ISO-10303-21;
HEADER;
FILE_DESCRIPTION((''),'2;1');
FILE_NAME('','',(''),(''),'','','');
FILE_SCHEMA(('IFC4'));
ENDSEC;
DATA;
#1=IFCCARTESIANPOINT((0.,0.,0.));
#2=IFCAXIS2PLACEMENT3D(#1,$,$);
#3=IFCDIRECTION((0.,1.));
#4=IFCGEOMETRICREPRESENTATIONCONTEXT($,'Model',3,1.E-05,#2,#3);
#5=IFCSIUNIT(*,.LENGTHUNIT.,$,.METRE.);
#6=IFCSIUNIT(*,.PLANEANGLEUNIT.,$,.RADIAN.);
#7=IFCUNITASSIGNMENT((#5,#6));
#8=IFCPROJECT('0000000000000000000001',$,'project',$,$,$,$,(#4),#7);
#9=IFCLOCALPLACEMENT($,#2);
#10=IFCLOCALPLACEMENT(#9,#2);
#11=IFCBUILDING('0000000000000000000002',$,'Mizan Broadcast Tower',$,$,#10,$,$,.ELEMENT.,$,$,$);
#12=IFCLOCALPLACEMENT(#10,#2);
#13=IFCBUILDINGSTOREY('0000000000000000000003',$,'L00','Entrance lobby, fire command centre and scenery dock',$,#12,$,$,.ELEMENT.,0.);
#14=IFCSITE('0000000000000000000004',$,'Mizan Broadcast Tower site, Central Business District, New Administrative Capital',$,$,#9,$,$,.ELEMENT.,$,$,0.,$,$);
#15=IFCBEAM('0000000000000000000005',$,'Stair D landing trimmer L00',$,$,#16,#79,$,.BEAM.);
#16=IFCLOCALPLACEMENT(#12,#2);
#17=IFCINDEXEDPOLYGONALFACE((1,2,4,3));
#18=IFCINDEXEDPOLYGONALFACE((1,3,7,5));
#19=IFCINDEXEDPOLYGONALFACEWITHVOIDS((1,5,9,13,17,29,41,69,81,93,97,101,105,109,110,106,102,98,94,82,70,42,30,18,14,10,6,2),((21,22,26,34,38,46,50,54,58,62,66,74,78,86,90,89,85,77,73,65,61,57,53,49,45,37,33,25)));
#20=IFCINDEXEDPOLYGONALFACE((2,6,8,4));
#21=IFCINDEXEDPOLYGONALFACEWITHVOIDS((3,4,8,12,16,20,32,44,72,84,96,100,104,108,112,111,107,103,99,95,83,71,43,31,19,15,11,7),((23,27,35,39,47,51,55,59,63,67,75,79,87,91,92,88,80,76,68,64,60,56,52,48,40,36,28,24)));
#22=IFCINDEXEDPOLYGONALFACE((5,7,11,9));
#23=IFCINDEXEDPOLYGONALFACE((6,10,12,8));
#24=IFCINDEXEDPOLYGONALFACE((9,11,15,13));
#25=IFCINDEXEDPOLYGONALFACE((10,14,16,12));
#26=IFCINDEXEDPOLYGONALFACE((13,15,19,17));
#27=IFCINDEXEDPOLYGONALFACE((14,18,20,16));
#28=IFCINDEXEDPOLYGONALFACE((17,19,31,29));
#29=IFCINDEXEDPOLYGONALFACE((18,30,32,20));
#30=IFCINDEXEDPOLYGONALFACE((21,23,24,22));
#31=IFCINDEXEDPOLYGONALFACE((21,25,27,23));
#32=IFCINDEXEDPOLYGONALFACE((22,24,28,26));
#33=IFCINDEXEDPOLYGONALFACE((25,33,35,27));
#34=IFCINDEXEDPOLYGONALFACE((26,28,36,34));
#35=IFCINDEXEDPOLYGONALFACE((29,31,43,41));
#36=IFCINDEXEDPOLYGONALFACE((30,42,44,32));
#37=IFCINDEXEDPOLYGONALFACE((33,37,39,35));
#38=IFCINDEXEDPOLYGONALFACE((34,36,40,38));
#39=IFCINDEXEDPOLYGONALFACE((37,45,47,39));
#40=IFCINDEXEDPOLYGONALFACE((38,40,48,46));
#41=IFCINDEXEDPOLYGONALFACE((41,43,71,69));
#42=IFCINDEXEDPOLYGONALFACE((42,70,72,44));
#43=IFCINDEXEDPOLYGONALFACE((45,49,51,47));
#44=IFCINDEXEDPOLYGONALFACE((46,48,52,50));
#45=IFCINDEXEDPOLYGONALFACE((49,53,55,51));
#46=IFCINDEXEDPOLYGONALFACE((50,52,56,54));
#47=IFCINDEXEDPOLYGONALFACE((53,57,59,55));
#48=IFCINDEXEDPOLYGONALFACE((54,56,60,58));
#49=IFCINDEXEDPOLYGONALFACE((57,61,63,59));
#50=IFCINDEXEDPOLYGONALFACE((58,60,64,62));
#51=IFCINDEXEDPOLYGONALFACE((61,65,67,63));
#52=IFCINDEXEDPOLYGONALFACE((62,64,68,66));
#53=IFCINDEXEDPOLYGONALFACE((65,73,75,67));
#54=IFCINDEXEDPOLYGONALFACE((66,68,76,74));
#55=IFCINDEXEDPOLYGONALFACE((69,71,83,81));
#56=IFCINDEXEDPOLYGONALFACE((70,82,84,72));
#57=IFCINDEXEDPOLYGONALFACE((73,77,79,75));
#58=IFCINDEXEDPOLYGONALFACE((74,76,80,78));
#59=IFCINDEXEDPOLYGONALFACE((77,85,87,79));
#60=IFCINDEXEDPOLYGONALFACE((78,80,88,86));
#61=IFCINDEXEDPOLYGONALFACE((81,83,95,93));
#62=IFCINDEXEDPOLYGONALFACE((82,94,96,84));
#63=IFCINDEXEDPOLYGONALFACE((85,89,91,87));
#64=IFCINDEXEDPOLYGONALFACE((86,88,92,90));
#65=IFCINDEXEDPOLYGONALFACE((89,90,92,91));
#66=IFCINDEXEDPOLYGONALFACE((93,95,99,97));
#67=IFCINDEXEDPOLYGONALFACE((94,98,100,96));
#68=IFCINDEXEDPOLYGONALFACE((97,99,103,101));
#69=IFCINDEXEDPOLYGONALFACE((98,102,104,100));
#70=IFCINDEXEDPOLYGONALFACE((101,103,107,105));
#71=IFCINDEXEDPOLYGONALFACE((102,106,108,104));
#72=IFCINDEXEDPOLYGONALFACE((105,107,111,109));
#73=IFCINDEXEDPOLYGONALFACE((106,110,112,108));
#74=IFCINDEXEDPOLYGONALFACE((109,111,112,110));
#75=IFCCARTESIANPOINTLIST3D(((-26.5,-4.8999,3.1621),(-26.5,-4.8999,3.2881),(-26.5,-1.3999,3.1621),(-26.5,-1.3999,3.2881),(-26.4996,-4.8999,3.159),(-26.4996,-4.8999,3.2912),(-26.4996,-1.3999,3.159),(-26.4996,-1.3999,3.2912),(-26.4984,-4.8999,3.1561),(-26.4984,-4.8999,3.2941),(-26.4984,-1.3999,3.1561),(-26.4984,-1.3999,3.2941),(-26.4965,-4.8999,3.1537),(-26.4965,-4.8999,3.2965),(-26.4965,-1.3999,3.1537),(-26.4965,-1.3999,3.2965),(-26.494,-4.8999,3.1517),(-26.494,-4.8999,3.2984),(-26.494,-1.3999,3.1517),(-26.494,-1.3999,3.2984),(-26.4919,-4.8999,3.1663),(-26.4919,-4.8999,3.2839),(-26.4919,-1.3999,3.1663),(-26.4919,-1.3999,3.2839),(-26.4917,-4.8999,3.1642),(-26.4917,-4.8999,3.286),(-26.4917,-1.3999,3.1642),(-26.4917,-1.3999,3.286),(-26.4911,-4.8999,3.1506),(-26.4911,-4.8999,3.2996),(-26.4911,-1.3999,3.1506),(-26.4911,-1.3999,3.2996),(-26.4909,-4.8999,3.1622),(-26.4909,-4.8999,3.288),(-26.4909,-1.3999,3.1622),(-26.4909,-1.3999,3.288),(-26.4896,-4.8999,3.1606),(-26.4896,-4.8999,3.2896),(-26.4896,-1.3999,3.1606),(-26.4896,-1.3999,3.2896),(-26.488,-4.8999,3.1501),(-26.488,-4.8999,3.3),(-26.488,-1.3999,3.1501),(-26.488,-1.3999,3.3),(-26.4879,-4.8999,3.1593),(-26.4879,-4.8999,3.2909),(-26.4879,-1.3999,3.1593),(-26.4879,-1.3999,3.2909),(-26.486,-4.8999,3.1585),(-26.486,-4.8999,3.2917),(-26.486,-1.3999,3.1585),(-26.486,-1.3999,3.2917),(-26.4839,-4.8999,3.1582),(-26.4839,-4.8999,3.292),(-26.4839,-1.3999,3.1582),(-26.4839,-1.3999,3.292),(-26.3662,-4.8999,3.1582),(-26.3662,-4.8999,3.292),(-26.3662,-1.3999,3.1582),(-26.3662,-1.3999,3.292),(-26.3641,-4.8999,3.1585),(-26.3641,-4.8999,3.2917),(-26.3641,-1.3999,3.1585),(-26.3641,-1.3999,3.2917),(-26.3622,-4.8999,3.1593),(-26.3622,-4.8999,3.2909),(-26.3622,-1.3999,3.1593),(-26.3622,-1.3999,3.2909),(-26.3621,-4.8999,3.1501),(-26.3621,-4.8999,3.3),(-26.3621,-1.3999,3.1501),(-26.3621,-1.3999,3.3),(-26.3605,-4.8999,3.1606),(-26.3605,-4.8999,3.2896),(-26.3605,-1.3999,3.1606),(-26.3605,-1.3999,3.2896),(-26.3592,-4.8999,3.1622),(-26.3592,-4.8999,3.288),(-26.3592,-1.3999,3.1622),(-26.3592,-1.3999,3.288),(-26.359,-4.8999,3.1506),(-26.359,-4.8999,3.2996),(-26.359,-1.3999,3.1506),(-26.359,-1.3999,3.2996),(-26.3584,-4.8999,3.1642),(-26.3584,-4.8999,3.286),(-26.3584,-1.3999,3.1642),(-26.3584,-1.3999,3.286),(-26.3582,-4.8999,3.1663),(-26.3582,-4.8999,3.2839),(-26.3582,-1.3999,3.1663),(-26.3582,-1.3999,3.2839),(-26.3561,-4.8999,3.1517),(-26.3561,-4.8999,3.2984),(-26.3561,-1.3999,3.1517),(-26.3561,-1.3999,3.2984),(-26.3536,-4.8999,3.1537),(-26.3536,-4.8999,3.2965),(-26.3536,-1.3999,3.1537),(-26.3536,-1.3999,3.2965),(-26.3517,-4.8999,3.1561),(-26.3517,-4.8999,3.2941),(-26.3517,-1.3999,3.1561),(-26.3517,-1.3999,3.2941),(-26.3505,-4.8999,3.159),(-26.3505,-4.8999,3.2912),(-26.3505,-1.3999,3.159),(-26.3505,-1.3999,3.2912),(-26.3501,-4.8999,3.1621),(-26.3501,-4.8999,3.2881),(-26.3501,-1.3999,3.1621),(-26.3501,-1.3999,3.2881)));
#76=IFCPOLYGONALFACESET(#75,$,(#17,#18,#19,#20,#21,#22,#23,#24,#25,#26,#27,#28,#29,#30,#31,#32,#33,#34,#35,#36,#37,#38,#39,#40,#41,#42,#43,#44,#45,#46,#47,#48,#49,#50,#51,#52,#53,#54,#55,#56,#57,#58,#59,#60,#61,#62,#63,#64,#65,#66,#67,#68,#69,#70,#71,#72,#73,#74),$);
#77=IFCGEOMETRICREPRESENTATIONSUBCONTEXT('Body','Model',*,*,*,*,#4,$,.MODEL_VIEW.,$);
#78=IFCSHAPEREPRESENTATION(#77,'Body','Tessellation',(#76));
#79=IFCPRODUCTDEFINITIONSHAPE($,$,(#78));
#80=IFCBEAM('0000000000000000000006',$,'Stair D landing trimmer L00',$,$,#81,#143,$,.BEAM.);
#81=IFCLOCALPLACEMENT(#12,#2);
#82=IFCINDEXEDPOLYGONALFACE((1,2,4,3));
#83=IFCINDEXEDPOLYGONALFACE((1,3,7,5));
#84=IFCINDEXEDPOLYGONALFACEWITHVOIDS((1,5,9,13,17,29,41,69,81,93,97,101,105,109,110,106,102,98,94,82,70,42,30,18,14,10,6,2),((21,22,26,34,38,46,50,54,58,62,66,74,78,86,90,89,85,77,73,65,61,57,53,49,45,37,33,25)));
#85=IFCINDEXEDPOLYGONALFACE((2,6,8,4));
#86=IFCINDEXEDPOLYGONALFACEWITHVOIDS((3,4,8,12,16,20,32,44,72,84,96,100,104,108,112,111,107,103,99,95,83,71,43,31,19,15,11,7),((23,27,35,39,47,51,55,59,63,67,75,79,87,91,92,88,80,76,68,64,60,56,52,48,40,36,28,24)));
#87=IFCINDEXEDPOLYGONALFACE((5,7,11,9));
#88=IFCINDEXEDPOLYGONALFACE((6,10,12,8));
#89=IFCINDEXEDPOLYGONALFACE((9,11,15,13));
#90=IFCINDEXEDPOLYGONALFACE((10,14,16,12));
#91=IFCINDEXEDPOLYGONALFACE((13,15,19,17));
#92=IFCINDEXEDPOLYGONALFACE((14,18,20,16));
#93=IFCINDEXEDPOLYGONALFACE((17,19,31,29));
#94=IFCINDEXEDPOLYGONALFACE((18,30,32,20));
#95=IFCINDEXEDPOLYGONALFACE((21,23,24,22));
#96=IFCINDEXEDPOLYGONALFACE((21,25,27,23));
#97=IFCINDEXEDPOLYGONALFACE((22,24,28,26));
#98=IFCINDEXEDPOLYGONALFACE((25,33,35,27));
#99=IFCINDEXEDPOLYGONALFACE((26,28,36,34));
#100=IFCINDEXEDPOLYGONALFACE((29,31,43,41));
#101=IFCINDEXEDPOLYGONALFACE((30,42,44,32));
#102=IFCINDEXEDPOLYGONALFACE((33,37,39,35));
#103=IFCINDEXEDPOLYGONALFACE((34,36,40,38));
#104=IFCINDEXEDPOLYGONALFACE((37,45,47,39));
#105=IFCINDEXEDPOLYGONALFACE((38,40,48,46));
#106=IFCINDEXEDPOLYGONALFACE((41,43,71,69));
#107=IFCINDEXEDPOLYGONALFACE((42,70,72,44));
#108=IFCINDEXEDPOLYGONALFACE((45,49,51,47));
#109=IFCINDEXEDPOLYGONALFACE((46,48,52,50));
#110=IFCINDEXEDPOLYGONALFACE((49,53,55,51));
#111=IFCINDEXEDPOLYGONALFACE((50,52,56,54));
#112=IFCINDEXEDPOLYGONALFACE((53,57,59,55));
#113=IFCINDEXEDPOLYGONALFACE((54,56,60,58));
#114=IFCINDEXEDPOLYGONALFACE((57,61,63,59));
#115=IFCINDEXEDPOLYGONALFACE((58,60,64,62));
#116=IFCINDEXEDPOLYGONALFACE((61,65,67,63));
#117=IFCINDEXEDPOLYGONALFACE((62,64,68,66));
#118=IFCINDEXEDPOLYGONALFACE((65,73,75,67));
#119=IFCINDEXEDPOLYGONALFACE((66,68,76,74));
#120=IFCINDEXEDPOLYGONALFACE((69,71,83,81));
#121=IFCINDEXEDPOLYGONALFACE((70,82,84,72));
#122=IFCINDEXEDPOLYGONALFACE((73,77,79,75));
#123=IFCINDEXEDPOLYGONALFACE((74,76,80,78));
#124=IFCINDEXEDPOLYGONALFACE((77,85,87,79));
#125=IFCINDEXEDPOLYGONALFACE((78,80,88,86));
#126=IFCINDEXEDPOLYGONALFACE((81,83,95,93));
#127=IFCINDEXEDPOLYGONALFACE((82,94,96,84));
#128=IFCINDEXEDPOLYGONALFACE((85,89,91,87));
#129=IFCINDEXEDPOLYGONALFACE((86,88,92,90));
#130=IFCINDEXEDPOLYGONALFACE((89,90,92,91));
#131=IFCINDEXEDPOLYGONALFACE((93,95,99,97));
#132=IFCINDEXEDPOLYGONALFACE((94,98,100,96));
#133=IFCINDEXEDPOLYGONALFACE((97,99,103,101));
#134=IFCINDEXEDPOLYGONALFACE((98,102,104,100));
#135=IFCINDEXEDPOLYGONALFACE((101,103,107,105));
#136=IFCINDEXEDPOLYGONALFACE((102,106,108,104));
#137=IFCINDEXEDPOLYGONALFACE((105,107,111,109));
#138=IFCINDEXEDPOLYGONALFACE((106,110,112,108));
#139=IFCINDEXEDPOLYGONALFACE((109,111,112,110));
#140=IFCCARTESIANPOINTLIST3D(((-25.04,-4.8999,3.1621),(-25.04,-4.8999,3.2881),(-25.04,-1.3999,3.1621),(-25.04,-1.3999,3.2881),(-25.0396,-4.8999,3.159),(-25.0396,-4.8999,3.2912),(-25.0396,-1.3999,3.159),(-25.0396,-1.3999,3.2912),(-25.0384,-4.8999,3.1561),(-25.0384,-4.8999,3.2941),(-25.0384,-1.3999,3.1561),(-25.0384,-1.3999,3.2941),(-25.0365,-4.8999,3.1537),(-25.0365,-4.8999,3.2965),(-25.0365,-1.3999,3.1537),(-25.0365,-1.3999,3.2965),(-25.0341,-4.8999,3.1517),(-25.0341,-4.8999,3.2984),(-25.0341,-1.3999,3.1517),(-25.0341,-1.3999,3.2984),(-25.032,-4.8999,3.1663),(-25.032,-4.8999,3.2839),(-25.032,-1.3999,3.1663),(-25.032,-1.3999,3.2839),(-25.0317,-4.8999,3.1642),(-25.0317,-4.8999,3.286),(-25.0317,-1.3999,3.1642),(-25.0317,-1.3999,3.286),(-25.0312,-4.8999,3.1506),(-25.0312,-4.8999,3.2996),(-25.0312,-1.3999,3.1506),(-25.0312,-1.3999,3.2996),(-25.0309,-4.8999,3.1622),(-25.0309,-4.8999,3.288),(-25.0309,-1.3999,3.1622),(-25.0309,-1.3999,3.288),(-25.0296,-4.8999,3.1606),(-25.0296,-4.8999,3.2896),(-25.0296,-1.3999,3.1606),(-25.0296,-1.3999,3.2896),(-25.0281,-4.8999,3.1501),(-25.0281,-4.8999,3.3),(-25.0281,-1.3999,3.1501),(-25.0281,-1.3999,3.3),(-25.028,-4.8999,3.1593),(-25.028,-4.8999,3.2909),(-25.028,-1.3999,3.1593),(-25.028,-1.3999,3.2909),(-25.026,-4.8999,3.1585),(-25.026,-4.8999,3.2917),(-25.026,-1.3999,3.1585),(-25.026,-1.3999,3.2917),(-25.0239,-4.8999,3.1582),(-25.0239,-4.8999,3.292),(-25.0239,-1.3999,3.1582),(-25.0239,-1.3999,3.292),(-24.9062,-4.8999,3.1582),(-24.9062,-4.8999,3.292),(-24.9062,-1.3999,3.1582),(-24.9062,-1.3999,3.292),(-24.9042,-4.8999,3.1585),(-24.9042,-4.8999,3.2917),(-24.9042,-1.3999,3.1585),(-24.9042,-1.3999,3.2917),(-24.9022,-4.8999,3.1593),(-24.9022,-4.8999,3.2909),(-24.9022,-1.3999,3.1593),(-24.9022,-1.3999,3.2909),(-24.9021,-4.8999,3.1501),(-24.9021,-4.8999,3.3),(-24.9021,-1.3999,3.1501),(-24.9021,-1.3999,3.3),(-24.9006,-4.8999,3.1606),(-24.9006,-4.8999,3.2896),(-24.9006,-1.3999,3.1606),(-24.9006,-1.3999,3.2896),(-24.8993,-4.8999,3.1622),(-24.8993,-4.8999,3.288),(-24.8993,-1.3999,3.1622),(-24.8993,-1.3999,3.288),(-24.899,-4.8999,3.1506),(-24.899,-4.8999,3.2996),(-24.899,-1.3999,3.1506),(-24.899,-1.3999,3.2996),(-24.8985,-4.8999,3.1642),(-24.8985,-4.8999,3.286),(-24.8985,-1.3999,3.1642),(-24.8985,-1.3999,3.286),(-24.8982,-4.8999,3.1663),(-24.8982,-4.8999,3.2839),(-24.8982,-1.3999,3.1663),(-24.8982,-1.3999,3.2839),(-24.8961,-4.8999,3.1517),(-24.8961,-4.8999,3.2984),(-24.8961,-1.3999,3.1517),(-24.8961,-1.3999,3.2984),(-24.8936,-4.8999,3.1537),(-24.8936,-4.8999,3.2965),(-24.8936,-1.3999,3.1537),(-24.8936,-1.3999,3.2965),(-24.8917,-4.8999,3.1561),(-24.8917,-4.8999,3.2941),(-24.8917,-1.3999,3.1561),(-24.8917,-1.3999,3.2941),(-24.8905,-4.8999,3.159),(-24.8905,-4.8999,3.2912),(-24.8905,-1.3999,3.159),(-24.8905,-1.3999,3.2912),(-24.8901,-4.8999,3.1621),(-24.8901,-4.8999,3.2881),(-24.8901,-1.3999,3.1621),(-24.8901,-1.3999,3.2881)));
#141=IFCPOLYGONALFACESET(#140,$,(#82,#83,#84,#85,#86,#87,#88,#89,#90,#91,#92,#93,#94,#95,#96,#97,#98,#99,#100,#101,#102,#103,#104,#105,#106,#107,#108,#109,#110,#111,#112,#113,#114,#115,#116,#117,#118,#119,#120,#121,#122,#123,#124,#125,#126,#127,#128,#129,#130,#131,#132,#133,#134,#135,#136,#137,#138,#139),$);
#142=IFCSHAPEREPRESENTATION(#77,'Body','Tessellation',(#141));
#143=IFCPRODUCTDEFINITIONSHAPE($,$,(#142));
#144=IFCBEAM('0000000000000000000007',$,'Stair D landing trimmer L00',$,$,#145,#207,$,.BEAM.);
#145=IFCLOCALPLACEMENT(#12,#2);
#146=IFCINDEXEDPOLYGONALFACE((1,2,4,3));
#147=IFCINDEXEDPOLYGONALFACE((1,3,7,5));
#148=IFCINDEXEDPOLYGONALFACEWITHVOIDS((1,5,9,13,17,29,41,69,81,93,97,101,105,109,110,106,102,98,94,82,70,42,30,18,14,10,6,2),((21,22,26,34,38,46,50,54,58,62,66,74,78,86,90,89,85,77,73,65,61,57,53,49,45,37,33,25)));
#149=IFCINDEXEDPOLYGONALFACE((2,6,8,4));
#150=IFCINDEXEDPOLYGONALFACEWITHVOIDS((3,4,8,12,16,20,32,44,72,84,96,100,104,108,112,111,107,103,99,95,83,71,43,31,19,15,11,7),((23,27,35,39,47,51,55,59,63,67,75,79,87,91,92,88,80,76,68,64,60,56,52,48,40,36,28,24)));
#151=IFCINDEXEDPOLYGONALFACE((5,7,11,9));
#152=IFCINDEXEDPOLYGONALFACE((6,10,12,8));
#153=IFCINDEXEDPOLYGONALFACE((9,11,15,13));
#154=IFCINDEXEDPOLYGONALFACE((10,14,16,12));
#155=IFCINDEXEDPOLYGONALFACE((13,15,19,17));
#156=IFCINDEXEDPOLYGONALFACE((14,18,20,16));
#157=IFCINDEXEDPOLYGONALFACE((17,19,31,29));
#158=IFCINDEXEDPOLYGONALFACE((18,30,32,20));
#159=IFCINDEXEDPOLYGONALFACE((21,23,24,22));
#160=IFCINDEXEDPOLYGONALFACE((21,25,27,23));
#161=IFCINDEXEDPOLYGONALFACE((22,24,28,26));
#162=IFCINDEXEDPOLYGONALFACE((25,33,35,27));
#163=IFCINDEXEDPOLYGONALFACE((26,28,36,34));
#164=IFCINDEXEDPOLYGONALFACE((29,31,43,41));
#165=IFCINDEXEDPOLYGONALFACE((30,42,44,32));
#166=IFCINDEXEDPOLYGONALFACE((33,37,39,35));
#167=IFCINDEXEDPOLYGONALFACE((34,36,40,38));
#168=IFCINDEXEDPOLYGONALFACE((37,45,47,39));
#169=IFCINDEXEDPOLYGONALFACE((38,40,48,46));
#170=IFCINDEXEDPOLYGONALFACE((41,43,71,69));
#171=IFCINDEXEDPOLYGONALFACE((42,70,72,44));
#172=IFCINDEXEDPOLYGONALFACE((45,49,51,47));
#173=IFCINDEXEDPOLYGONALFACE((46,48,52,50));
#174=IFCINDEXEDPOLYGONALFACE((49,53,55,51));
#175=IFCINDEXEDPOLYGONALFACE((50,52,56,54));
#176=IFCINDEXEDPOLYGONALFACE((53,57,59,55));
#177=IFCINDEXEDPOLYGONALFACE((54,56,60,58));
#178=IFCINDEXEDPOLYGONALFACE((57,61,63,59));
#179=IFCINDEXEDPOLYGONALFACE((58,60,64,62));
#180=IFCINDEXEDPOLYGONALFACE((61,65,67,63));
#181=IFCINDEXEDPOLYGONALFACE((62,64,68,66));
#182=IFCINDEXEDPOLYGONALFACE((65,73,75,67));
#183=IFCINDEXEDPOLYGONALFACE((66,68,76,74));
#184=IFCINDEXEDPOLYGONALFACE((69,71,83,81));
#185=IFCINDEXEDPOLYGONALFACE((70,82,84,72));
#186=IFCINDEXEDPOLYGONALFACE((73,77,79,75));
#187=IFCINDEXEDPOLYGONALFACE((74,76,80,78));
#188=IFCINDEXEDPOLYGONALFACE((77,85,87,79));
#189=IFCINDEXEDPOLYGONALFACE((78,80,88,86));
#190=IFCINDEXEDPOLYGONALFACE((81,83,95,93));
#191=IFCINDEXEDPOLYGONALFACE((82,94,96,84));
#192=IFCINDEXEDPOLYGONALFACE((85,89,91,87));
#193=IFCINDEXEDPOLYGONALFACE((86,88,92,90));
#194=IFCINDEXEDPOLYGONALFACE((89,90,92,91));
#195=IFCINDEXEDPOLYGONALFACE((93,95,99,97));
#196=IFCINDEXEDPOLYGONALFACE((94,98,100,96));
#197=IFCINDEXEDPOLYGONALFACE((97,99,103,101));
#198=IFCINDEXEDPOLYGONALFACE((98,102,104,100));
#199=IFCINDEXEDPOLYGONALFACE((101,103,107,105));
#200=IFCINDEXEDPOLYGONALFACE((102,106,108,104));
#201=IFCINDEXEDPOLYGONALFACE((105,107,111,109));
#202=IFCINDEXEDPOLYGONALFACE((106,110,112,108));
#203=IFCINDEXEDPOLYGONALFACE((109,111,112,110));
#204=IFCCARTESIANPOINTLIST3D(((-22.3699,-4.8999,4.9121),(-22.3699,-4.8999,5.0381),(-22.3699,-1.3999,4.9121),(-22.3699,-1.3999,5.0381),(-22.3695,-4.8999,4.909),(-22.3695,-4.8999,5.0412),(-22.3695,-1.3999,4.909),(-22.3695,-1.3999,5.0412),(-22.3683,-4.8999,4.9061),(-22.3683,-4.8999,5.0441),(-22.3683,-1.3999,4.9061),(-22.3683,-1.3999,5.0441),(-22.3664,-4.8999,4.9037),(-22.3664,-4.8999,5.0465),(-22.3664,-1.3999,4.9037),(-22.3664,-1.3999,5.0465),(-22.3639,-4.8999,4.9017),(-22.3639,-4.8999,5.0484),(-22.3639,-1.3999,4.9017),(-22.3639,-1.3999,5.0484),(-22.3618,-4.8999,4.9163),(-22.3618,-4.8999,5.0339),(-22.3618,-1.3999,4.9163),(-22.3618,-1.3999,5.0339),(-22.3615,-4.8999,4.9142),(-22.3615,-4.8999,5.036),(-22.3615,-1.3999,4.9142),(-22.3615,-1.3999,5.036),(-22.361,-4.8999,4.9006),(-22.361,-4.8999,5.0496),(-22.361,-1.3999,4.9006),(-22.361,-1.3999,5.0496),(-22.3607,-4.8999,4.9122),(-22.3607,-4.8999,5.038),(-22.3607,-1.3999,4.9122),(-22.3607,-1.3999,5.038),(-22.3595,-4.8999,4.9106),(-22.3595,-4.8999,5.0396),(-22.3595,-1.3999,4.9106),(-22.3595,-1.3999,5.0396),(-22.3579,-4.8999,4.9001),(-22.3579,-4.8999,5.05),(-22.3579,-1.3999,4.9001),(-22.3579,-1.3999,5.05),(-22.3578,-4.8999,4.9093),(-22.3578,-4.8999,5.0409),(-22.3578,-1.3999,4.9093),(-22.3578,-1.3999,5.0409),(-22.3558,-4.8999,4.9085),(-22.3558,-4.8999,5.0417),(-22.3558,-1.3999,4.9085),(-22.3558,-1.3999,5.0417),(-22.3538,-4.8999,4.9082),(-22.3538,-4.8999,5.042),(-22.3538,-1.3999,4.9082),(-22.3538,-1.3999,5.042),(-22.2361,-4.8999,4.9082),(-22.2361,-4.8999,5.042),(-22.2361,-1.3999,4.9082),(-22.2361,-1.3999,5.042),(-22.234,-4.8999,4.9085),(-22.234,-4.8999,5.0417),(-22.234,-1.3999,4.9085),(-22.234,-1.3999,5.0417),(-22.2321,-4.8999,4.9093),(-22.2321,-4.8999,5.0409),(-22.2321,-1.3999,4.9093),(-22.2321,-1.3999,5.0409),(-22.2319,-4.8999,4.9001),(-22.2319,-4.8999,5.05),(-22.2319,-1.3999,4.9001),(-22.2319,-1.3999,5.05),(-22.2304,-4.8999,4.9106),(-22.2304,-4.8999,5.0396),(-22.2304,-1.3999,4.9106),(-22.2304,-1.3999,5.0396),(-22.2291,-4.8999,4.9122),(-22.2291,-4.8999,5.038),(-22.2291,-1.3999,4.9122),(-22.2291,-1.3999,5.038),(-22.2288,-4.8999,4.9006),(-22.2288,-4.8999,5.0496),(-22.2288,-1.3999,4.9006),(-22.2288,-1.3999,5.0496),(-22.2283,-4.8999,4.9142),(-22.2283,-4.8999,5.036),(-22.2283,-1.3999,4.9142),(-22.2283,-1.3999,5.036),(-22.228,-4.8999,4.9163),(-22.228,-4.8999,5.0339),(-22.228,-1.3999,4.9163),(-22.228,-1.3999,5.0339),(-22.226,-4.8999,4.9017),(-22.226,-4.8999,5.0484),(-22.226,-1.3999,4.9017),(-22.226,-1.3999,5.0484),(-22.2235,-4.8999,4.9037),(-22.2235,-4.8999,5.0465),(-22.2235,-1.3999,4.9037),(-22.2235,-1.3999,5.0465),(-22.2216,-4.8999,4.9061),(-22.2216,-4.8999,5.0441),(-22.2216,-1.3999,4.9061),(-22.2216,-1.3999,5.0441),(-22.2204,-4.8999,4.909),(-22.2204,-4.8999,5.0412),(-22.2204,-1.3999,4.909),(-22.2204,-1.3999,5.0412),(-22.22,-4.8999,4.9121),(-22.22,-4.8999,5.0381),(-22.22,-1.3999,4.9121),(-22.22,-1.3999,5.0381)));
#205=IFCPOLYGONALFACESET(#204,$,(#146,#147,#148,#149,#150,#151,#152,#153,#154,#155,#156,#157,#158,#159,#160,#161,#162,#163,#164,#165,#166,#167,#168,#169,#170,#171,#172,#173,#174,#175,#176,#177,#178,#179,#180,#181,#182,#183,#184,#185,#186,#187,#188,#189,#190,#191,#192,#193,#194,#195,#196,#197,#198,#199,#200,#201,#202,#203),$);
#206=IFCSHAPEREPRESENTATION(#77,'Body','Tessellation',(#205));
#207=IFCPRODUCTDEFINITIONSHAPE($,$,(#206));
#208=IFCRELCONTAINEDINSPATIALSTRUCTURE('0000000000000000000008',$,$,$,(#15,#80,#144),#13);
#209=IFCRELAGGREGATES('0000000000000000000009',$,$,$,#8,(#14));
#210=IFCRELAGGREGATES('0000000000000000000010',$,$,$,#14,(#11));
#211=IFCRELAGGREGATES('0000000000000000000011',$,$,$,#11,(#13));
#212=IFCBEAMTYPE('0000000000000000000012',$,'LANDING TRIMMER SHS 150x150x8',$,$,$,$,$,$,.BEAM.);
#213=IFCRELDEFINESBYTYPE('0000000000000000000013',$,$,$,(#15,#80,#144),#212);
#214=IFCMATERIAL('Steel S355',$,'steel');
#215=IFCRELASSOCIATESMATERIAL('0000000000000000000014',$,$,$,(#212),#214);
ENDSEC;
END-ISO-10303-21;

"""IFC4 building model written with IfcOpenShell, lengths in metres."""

from ifc_helpers import new_model, si_unit, direction, frame, origin, origin_2d, place, context, subcontext, project, spatial, hollow_rectangle, extrude, material, material_profile, profile_set, type_object, element, save


model = new_model("IFC4")

# Units and contexts
model_context = context("Model", 3, precision=1e-05, world=origin(), true_north=direction((0.0, 1.0)))
body_context = subcontext(model_context, "Body", "Model", "MODEL_VIEW")
ifc_project = project(units=[si_unit("LENGTHUNIT", "METRE"), si_unit("PLANEANGLEUNIT", "RADIAN")], contexts=[model_context])

# Site, building, storey
site_placement = place(None, origin())
site = spatial("IfcSite", under=ifc_project, at=site_placement, Name="Mizan Broadcast Tower site, Central Business District, New Administrative Capital", CompositionType="ELEMENT", RefElevation=0.0)
building_placement = place(site_placement, origin())
building = spatial("IfcBuilding", under=site, at=building_placement, Name="Mizan Broadcast Tower", CompositionType="ELEMENT")
storey_placement = place(building_placement, origin())
storey = spatial("IfcBuildingStorey", under=building, at=storey_placement, Name="L00", Description="Entrance lobby, fire command centre and scenery dock", CompositionType="ELEMENT", Elevation=0.0)

# Beams
ifc_material_1 = material(Name="Steel S355", Category="steel")
ifc_material_profile_1 = material_profile(ifc_material_1, hollow_rectangle(XDim=0.1499, YDim=0.1499, WallThickness=0.0081, InnerFilletRadius=0.0081, OuterFilletRadius=0.012, at=origin_2d()), Name="SHS 150x150x8")
ifc_profile_set_1 = profile_set([ifc_material_profile_1], Name="Steel S355")
beam_type = type_object("IfcBeamType", Name="LANDING TRIMMER SHS 150x150x8", PredefinedType="BEAM", material=ifc_profile_set_1)
for number, where, z_axis, x_axis, name in (
    (1, (-26.425, -1.3999, 3.2251), (0.0, -1.0, 0.0), (1.0, 0.0, 0.0), "Stair D landing trimmer L00"),
    (2, (-24.9651, -1.3999, 3.2251), (0.0, -1.0, 0.0), (1.0, 0.0, 0.0), "Stair D landing trimmer L00"),
    (3, (-22.2949, -1.3999, 4.9751), (0.0, -1.0, 0.0), (1.0, 0.0, 0.0), "Stair D landing trimmer L00"),
):
    element("IfcBeam", number, at=place(storey_placement, frame(where, z_axis=z_axis, x_axis=x_axis)), inside=storey, type_object=beam_type, Name=name, PredefinedType="BEAM", context=body_context, shape_type="SweptSolid", body=[
        extrude(hollow_rectangle(XDim=0.1499, YDim=0.1499, WallThickness=0.0081, InnerFilletRadius=0.0081, OuterFilletRadius=0.012, at=origin_2d()), origin(), (0.0, 0.0, 1.0), 3.5),
    ])

save(model, "model.ifc")
